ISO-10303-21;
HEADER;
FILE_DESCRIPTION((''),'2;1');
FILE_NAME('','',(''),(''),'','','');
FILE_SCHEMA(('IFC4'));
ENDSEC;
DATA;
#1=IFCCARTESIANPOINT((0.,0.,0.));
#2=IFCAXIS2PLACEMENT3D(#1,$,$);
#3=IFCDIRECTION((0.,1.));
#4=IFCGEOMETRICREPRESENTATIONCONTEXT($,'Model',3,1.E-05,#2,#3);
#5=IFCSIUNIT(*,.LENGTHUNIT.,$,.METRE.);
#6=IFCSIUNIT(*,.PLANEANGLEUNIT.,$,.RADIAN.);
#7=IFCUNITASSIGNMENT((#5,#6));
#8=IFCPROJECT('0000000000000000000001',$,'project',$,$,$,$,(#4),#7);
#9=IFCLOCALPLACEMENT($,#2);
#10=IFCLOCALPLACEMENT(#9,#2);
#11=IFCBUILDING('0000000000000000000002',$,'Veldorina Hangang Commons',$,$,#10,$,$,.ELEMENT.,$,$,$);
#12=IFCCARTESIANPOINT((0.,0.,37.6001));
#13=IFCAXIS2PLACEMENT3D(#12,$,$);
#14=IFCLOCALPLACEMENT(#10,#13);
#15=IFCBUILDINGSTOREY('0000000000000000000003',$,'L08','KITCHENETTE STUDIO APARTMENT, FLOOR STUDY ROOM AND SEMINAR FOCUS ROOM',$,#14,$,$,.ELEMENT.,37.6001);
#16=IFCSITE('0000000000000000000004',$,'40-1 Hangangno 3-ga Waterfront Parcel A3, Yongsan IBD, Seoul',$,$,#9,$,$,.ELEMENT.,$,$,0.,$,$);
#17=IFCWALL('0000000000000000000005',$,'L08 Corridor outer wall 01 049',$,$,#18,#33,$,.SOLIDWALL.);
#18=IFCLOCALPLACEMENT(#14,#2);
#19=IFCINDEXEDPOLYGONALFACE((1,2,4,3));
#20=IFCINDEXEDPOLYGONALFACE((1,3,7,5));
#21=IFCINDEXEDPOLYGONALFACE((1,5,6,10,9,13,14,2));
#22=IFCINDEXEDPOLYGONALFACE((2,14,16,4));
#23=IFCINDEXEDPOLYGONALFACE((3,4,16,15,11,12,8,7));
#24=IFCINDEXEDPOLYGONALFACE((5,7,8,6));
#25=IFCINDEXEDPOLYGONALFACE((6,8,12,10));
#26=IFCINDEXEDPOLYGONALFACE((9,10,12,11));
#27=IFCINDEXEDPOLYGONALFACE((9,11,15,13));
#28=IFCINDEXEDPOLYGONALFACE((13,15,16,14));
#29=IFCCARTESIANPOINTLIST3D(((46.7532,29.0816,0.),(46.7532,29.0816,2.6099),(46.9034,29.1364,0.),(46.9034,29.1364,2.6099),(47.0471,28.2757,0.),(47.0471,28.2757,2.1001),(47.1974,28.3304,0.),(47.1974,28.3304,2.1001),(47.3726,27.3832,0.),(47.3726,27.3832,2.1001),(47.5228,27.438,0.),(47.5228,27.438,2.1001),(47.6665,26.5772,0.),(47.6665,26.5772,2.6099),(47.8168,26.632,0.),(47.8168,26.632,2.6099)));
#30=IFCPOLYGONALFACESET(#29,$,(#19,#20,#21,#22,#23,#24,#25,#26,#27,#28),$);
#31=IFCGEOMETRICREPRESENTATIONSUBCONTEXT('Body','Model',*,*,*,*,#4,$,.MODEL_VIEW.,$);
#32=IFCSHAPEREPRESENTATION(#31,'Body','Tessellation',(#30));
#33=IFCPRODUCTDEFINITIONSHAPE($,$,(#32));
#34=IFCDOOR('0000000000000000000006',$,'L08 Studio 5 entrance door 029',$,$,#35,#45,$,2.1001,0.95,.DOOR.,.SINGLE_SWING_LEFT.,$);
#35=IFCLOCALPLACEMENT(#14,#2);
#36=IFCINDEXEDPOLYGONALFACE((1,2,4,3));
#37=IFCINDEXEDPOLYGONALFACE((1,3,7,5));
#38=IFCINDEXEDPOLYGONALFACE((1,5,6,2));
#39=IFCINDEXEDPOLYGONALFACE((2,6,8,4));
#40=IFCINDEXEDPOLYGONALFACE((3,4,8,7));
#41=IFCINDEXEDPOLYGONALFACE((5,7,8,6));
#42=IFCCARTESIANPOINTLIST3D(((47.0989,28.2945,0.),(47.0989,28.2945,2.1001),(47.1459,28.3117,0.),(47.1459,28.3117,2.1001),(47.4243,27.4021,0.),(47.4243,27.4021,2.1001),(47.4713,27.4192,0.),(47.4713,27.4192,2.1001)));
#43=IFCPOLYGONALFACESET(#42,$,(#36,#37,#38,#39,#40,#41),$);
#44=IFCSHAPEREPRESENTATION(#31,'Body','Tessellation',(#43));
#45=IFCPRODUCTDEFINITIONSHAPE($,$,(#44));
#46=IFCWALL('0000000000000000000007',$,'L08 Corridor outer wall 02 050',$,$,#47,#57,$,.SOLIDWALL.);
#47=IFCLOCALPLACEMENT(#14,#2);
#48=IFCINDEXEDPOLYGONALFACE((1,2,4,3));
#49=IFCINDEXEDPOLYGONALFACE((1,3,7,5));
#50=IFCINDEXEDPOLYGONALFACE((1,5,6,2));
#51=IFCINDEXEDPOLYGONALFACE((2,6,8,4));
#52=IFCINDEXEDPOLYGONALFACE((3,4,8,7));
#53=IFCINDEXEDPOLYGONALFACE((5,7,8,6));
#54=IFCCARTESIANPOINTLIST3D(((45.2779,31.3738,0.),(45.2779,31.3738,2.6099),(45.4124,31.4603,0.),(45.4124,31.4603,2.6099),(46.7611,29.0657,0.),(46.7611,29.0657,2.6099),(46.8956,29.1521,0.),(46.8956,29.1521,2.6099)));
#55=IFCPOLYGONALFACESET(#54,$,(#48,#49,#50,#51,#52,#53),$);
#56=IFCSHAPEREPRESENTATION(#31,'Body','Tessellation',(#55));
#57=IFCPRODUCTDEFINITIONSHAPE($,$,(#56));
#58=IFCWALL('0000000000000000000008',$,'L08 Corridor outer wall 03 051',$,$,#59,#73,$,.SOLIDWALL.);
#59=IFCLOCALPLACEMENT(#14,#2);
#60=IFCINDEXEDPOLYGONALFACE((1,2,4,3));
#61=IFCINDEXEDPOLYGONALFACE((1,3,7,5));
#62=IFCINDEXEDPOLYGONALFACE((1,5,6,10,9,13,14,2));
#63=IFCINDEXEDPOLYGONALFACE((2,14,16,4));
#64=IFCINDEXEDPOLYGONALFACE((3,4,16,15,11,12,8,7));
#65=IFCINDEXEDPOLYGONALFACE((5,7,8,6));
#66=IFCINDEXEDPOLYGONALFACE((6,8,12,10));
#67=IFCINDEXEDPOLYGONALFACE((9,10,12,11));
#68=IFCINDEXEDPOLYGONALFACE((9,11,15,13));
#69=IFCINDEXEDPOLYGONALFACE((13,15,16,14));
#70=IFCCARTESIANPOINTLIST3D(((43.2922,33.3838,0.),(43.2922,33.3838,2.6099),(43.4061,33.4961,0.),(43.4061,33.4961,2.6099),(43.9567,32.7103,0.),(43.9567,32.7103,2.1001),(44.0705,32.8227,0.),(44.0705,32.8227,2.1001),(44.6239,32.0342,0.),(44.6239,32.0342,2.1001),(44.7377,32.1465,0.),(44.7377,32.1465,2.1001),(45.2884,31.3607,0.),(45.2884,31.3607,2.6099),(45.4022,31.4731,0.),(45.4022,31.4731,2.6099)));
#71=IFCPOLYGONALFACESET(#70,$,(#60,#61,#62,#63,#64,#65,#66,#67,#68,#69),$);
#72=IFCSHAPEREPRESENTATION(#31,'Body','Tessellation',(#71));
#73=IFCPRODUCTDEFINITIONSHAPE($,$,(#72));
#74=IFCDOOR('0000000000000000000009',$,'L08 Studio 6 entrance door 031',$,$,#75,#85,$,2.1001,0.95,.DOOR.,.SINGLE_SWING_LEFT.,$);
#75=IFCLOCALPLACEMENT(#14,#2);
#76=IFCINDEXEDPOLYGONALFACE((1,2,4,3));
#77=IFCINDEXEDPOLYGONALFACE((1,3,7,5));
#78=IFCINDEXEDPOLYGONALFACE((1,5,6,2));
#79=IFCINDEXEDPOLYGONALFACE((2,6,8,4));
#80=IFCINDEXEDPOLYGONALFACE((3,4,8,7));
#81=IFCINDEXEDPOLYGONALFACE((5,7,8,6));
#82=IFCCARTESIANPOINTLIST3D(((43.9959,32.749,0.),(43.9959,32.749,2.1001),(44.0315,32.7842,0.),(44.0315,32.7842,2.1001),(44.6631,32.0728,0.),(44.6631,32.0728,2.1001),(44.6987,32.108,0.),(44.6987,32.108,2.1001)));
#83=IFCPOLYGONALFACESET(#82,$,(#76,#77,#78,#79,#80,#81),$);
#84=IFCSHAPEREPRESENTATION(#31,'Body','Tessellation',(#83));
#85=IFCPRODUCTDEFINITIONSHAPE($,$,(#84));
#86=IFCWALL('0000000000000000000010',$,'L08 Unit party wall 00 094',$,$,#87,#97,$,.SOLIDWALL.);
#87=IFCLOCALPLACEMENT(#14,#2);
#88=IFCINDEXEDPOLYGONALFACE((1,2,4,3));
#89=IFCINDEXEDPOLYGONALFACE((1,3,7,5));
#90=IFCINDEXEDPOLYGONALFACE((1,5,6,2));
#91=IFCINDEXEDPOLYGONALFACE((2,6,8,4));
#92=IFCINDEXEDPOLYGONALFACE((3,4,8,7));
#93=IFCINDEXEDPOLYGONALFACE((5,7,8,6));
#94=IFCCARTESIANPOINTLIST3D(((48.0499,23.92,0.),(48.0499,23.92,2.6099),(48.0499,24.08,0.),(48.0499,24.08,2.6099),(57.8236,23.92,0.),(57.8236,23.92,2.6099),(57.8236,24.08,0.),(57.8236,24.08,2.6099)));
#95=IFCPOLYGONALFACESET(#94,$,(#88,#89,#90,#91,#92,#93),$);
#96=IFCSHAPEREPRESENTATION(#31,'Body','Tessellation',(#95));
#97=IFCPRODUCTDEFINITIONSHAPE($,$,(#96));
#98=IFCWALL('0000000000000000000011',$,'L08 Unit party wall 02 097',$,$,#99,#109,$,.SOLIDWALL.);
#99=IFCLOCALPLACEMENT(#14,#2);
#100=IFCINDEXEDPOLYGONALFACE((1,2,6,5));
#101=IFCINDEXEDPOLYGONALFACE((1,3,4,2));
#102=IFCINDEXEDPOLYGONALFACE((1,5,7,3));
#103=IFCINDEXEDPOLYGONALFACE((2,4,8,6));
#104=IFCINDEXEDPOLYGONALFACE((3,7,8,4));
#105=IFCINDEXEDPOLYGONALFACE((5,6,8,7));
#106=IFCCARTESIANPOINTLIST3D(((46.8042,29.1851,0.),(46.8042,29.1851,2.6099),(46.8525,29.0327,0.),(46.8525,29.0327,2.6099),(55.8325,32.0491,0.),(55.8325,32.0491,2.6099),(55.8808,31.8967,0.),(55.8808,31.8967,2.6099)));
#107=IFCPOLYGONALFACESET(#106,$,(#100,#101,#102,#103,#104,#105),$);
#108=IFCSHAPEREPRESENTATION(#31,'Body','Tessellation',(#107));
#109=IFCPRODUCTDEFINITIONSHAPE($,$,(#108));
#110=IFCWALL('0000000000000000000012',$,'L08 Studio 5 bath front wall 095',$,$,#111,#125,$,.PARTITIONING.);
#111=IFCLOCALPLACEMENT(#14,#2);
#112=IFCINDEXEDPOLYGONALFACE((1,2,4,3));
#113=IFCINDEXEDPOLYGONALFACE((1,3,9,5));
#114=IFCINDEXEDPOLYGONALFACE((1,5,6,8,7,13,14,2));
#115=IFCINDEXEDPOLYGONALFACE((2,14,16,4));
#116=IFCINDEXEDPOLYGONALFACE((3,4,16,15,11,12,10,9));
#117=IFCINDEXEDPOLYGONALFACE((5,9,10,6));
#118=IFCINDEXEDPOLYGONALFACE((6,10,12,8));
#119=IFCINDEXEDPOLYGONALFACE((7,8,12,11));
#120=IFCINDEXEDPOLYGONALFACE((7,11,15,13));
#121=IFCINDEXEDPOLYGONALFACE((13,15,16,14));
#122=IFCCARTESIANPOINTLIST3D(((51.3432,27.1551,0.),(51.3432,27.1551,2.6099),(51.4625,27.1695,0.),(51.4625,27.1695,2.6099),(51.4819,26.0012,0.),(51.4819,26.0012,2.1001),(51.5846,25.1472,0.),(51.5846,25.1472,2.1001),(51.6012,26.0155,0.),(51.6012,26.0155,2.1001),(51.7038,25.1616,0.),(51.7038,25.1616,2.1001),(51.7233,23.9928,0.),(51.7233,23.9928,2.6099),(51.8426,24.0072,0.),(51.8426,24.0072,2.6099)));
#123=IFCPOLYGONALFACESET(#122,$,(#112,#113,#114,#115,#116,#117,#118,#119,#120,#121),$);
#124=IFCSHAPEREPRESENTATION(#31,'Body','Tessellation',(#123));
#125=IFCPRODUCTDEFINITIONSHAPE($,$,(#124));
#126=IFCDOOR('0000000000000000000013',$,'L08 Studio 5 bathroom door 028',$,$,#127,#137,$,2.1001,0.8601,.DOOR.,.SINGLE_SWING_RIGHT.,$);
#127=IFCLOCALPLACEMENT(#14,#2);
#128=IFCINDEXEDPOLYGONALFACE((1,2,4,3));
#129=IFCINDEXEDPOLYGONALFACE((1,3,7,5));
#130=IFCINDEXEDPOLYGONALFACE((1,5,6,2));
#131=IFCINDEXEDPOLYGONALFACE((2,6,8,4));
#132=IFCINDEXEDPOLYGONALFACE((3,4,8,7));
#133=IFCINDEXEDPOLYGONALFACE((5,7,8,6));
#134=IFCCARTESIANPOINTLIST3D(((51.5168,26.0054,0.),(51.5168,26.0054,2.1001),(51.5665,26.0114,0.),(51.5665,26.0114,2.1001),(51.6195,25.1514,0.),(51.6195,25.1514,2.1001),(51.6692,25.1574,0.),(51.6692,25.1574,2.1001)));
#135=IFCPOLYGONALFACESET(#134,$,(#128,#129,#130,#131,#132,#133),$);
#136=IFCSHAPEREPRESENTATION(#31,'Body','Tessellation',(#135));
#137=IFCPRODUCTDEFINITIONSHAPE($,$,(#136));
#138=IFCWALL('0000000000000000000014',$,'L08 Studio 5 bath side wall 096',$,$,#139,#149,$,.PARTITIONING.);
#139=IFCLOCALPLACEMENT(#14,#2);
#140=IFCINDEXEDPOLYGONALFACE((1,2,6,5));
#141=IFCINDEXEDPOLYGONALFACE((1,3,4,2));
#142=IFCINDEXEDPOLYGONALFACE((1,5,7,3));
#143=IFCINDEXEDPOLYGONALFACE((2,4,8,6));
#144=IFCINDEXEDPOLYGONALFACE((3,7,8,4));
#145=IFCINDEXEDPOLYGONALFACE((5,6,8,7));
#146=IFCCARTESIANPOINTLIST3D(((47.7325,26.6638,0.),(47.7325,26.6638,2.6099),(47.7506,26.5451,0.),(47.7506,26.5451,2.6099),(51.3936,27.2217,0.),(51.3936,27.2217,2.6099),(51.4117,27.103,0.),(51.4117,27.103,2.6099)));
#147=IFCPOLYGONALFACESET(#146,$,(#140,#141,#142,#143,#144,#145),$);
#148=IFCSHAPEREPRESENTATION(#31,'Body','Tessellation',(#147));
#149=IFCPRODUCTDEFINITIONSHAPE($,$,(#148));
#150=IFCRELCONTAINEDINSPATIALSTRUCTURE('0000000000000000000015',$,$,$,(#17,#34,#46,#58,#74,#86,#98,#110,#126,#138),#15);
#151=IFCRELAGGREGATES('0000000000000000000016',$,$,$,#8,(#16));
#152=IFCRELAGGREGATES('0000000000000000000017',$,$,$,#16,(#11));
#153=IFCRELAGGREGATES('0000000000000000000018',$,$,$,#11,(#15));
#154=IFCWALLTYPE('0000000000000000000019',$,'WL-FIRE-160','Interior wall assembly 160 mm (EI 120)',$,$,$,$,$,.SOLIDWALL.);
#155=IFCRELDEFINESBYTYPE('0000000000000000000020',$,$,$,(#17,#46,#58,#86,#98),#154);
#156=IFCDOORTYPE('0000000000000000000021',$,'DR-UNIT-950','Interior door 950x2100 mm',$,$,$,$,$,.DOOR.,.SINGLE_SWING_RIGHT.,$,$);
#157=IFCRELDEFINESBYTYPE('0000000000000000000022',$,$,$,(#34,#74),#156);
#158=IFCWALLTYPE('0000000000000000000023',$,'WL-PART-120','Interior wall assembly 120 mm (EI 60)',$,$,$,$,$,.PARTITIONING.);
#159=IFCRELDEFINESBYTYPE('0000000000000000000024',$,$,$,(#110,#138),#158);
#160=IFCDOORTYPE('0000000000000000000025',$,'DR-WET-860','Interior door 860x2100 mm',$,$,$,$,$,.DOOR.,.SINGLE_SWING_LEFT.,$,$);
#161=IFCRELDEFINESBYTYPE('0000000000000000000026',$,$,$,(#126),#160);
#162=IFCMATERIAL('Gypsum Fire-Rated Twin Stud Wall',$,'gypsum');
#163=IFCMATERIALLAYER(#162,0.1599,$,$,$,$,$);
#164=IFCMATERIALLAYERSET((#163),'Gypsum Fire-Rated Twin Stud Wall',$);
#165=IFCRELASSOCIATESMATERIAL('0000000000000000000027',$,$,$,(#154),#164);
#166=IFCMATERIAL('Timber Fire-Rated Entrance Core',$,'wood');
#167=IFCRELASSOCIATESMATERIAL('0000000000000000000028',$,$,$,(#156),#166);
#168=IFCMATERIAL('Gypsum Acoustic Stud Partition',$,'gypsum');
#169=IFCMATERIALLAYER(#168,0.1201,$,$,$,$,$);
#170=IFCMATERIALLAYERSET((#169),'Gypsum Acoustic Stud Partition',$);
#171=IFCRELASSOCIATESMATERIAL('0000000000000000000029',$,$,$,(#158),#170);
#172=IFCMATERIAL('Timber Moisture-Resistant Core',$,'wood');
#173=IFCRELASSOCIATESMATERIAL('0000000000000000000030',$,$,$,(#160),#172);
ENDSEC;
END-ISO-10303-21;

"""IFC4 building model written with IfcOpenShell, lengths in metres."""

from ifc_helpers import new_model, si_unit, direction, frame, frame_2d, origin, place, context, subcontext, project, spatial, rectangle, extrude, material, layer, layer_set, type_object, element, fill, save


model = new_model("IFC4")

# Units and contexts
model_context = context("Model", 3, precision=1e-05, world=origin(), true_north=direction((0.0, 1.0)))
body_context = subcontext(model_context, "Body", "Model", "MODEL_VIEW")
ifc_project = project(units=[si_unit("LENGTHUNIT", "METRE"), si_unit("PLANEANGLEUNIT", "RADIAN")], contexts=[model_context])

# Site, building, storey
site_placement = place(None, origin())
site = spatial("IfcSite", under=ifc_project, at=site_placement, Name="40-1 Hangangno 3-ga Waterfront Parcel A3, Yongsan IBD, Seoul", CompositionType="ELEMENT", RefElevation=0.0)
building_placement = place(site_placement, origin())
building = spatial("IfcBuilding", under=site, at=building_placement, Name="Veldorina Hangang Commons", CompositionType="ELEMENT")
storey_placement = place(building_placement, frame((0.0, 0.0, 37.6001)))
storey = spatial("IfcBuildingStorey", under=building, at=storey_placement, Name="L08", Description="KITCHENETTE STUDIO APARTMENT, FLOOR STUDY ROOM AND SEMINAR FOCUS ROOM", CompositionType="ELEMENT", Elevation=37.6001)

# Shared definitions
ifc_material_1 = material(Name="Gypsum Fire-Rated Twin Stud Wall", Category="gypsum")
ifc_layer_1 = layer(ifc_material_1, 0.1599)
ifc_layer_set_1 = layer_set([ifc_layer_1], Name="Gypsum Fire-Rated Twin Stud Wall")
wall_type_1 = type_object("IfcWallType", Name="WL-FIRE-160", Description="Interior wall assembly 160 mm (EI 120)", PredefinedType="SOLIDWALL", material=ifc_layer_set_1)

# Wall, opening, door
wall_1_placement = place(storey_placement, frame((47.7417, 26.6045, 0.0), z_axis=(0.0, 0.0, 1.0), x_axis=(-0.342618, 0.939475, 0.0)))
wall_1 = element("IfcWall", 1, at=wall_1_placement, inside=storey, type_object=wall_type_1, Name="L08 Corridor outer wall 01 049", PredefinedType="SOLIDWALL", context=body_context, shape_type="SweptSolid", body=[
    extrude(rectangle(XDim=2.6658, YDim=0.1599, at=frame_2d((1.333, 0.0))), origin(), (0.0, 0.0, 1.0), 2.6099),
])
opening_1_placement = place(wall_1_placement, frame((0.8579, 0.0, 0.0)))
opening_1 = element("IfcOpeningElement", 2, at=opening_1_placement, cuts=wall_1, PredefinedType="OPENING", context=body_context, shape_type="SweptSolid", body=[
    extrude(rectangle(XDim=0.95, YDim=2.1001, at=frame_2d((0.4751, 1.05))), frame((0.0, 0.0898, 0.0), z_axis=(0.0, -1.0, 0.0), x_axis=(1.0, 0.0, 0.0)), (0.0, 0.0, 1.0), 0.1799),
])
ifc_material_2 = material(Name="Timber Fire-Rated Entrance Core", Category="wood")
door_type_1 = type_object("IfcDoorType", Name="DR-UNIT-950", Description="Interior door 950x2100 mm", OperationType="SINGLE_SWING_RIGHT", PredefinedType="DOOR", material=ifc_material_2)
door_1_placement = place(opening_1_placement, origin())
door_1 = element("IfcDoor", 3, at=door_1_placement, inside=storey, type_object=door_type_1, Name="L08 Studio 5 entrance door 029", OperationType="SINGLE_SWING_LEFT", OverallHeight=2.1001, OverallWidth=0.95, PredefinedType="DOOR", context=body_context, shape_type="SweptSolid", body=[
    extrude(rectangle(XDim=0.95, YDim=2.1001, at=frame_2d((0.4751, 1.05))), frame((0.0, 0.0249, 0.0), z_axis=(0.0, -1.0, 0.0), x_axis=(1.0, 0.0, 0.0)), (0.0, 0.0, 1.0), 0.05),
])
fill(opening_1, door_1)

# Wall
wall_2_placement = place(storey_placement, frame((46.8284, 29.1089, 0.0), z_axis=(0.0, 0.0, 1.0), x_axis=(-0.540596, 0.841283, 0.0)))
element("IfcWall", 4, at=wall_2_placement, inside=storey, type_object=wall_type_1, Name="L08 Corridor outer wall 02 050", PredefinedType="SOLIDWALL", context=body_context, shape_type="SweptSolid", body=[
    extrude(rectangle(XDim=2.7437, YDim=0.1599, at=frame_2d((1.3718, 0.0))), origin(), (0.0, 0.0, 1.0), 2.6099),
])

# Wall, opening, door
wall_3_placement = place(storey_placement, frame((45.3452, 31.417, 0.0), z_axis=(0.0, 0.0, 1.0), x_axis=(-0.702366, 0.711816, 0.0)))
wall_3 = element("IfcWall", 5, at=wall_3_placement, inside=storey, type_object=wall_type_1, Name="L08 Corridor outer wall 03 051", PredefinedType="SOLIDWALL", context=body_context, shape_type="SweptSolid", body=[
    extrude(rectangle(XDim=2.842, YDim=0.1599, at=frame_2d((1.4209, 0.0))), origin(), (0.0, 0.0, 1.0), 2.6099),
])
opening_2_placement = place(wall_3_placement, frame((0.9458, 0.0, 0.0)))
opening_2 = element("IfcOpeningElement", 6, at=opening_2_placement, cuts=wall_3, PredefinedType="OPENING", context=body_context, shape_type="SweptSolid", body=[
    extrude(rectangle(XDim=0.95, YDim=2.1001, at=frame_2d((0.4751, 1.05))), frame((0.0, 0.0898, 0.0), z_axis=(0.0, -1.0, 0.0), x_axis=(1.0, 0.0, 0.0)), (0.0, 0.0, 1.0), 0.1799),
])
door_2_placement = place(opening_2_placement, origin())
door_2 = element("IfcDoor", 7, at=door_2_placement, inside=storey, type_object=door_type_1, Name="L08 Studio 6 entrance door 031", OperationType="SINGLE_SWING_LEFT", OverallHeight=2.1001, OverallWidth=0.95, PredefinedType="DOOR", context=body_context, shape_type="SweptSolid", body=[
    extrude(rectangle(XDim=0.95, YDim=2.1001, at=frame_2d((0.4751, 1.05))), frame((0.0, 0.0249, 0.0), z_axis=(0.0, -1.0, 0.0), x_axis=(1.0, 0.0, 0.0)), (0.0, 0.0, 1.0), 0.05),
])
fill(opening_2, door_2)

# Walls
wall_4_placement = place(storey_placement, frame((48.05, 24.0, 0.0), z_axis=(0.0, 0.0, 1.0), x_axis=(1.0, 0.0, 0.0)))
element("IfcWall", 8, at=wall_4_placement, inside=storey, type_object=wall_type_1, Name="L08 Unit party wall 00 094", PredefinedType="SOLIDWALL", context=body_context, shape_type="SweptSolid", body=[
    extrude(rectangle(XDim=9.7737, YDim=0.1599, at=frame_2d((4.8867, 0.0))), origin(), (0.0, 0.0, 1.0), 2.6099),
])
wall_5_placement = place(storey_placement, frame((46.8284, 29.1089, 0.0), z_axis=(0.0, 0.0, 1.0), x_axis=(0.953189, 0.302376, 0.0)))
element("IfcWall", 9, at=wall_5_placement, inside=storey, type_object=wall_type_1, Name="L08 Unit party wall 02 097", PredefinedType="SOLIDWALL", context=body_context, shape_type="SweptSolid", body=[
    extrude(rectangle(XDim=9.4717, YDim=0.1599, at=frame_2d((4.7358, 0.0))), origin(), (0.0, 0.0, 1.0), 2.6099),
])

# Wall, opening, door
ifc_material_3 = material(Name="Gypsum Acoustic Stud Partition", Category="gypsum")
ifc_layer_2 = layer(ifc_material_3, 0.1201)
ifc_layer_set_2 = layer_set([ifc_layer_2], Name="Gypsum Acoustic Stud Partition")
wall_type_2 = type_object("IfcWallType", Name="WL-PART-120", Description="Interior wall assembly 120 mm (EI 60)", PredefinedType="PARTITIONING", material=ifc_layer_set_2)
wall_6_placement = place(storey_placement, frame((51.783, 24.0, 0.0), z_axis=(0.0, 0.0, 1.0), x_axis=(-0.119345, 0.992853, 0.0)))
wall_6 = element("IfcWall", 10, at=wall_6_placement, inside=storey, type_object=wall_type_2, Name="L08 Studio 5 bath front wall 095", PredefinedType="PARTITIONING", context=body_context, shape_type="SweptSolid", body=[
    extrude(rectangle(XDim=3.1851, YDim=0.1201, at=frame_2d((1.5925, 0.0))), origin(), (0.0, 0.0, 1.0), 2.6099),
])
opening_3_placement = place(wall_6_placement, frame((1.1626, 0.0, 0.0)))
opening_3 = element("IfcOpeningElement", 11, at=opening_3_placement, cuts=wall_6, PredefinedType="OPENING", context=body_context, shape_type="SweptSolid", body=[
    extrude(rectangle(XDim=0.8601, YDim=2.1001, at=frame_2d((0.4302, 1.05))), frame((0.0, 0.0701, 0.0), z_axis=(0.0, -1.0, 0.0), x_axis=(1.0, 0.0, 0.0)), (0.0, 0.0, 1.0), 0.1401),
])
ifc_material_4 = material(Name="Timber Moisture-Resistant Core", Category="wood")
door_type_2 = type_object("IfcDoorType", Name="DR-WET-860", Description="Interior door 860x2100 mm", OperationType="SINGLE_SWING_LEFT", PredefinedType="DOOR", material=ifc_material_4)
door_3_placement = place(opening_3_placement, origin())
door_3 = element("IfcDoor", 12, at=door_3_placement, inside=storey, type_object=door_type_2, Name="L08 Studio 5 bathroom door 028", OperationType="SINGLE_SWING_RIGHT", OverallHeight=2.1001, OverallWidth=0.8601, PredefinedType="DOOR", context=body_context, shape_type="SweptSolid", body=[
    extrude(rectangle(XDim=0.8601, YDim=2.1001, at=frame_2d((0.4302, 1.05))), frame((0.0, 0.0249, 0.0), z_axis=(0.0, -1.0, 0.0), x_axis=(1.0, 0.0, 0.0)), (0.0, 0.0, 1.0), 0.05),
])
fill(opening_3, door_3)

# Wall
wall_7_placement = place(storey_placement, frame((47.7417, 26.6045, 0.0), z_axis=(0.0, 0.0, 1.0), x_axis=(0.988589, 0.150635, 0.0)))
element("IfcWall", 13, at=wall_7_placement, inside=storey, type_object=wall_type_2, Name="L08 Studio 5 bath side wall 096", PredefinedType="PARTITIONING", context=body_context, shape_type="SweptSolid", body=[
    extrude(rectangle(XDim=3.7034, YDim=0.1201, at=frame_2d((1.8516, 0.0))), origin(), (0.0, 0.0, 1.0), 2.6099),
])

save(model, "model.ifc")
